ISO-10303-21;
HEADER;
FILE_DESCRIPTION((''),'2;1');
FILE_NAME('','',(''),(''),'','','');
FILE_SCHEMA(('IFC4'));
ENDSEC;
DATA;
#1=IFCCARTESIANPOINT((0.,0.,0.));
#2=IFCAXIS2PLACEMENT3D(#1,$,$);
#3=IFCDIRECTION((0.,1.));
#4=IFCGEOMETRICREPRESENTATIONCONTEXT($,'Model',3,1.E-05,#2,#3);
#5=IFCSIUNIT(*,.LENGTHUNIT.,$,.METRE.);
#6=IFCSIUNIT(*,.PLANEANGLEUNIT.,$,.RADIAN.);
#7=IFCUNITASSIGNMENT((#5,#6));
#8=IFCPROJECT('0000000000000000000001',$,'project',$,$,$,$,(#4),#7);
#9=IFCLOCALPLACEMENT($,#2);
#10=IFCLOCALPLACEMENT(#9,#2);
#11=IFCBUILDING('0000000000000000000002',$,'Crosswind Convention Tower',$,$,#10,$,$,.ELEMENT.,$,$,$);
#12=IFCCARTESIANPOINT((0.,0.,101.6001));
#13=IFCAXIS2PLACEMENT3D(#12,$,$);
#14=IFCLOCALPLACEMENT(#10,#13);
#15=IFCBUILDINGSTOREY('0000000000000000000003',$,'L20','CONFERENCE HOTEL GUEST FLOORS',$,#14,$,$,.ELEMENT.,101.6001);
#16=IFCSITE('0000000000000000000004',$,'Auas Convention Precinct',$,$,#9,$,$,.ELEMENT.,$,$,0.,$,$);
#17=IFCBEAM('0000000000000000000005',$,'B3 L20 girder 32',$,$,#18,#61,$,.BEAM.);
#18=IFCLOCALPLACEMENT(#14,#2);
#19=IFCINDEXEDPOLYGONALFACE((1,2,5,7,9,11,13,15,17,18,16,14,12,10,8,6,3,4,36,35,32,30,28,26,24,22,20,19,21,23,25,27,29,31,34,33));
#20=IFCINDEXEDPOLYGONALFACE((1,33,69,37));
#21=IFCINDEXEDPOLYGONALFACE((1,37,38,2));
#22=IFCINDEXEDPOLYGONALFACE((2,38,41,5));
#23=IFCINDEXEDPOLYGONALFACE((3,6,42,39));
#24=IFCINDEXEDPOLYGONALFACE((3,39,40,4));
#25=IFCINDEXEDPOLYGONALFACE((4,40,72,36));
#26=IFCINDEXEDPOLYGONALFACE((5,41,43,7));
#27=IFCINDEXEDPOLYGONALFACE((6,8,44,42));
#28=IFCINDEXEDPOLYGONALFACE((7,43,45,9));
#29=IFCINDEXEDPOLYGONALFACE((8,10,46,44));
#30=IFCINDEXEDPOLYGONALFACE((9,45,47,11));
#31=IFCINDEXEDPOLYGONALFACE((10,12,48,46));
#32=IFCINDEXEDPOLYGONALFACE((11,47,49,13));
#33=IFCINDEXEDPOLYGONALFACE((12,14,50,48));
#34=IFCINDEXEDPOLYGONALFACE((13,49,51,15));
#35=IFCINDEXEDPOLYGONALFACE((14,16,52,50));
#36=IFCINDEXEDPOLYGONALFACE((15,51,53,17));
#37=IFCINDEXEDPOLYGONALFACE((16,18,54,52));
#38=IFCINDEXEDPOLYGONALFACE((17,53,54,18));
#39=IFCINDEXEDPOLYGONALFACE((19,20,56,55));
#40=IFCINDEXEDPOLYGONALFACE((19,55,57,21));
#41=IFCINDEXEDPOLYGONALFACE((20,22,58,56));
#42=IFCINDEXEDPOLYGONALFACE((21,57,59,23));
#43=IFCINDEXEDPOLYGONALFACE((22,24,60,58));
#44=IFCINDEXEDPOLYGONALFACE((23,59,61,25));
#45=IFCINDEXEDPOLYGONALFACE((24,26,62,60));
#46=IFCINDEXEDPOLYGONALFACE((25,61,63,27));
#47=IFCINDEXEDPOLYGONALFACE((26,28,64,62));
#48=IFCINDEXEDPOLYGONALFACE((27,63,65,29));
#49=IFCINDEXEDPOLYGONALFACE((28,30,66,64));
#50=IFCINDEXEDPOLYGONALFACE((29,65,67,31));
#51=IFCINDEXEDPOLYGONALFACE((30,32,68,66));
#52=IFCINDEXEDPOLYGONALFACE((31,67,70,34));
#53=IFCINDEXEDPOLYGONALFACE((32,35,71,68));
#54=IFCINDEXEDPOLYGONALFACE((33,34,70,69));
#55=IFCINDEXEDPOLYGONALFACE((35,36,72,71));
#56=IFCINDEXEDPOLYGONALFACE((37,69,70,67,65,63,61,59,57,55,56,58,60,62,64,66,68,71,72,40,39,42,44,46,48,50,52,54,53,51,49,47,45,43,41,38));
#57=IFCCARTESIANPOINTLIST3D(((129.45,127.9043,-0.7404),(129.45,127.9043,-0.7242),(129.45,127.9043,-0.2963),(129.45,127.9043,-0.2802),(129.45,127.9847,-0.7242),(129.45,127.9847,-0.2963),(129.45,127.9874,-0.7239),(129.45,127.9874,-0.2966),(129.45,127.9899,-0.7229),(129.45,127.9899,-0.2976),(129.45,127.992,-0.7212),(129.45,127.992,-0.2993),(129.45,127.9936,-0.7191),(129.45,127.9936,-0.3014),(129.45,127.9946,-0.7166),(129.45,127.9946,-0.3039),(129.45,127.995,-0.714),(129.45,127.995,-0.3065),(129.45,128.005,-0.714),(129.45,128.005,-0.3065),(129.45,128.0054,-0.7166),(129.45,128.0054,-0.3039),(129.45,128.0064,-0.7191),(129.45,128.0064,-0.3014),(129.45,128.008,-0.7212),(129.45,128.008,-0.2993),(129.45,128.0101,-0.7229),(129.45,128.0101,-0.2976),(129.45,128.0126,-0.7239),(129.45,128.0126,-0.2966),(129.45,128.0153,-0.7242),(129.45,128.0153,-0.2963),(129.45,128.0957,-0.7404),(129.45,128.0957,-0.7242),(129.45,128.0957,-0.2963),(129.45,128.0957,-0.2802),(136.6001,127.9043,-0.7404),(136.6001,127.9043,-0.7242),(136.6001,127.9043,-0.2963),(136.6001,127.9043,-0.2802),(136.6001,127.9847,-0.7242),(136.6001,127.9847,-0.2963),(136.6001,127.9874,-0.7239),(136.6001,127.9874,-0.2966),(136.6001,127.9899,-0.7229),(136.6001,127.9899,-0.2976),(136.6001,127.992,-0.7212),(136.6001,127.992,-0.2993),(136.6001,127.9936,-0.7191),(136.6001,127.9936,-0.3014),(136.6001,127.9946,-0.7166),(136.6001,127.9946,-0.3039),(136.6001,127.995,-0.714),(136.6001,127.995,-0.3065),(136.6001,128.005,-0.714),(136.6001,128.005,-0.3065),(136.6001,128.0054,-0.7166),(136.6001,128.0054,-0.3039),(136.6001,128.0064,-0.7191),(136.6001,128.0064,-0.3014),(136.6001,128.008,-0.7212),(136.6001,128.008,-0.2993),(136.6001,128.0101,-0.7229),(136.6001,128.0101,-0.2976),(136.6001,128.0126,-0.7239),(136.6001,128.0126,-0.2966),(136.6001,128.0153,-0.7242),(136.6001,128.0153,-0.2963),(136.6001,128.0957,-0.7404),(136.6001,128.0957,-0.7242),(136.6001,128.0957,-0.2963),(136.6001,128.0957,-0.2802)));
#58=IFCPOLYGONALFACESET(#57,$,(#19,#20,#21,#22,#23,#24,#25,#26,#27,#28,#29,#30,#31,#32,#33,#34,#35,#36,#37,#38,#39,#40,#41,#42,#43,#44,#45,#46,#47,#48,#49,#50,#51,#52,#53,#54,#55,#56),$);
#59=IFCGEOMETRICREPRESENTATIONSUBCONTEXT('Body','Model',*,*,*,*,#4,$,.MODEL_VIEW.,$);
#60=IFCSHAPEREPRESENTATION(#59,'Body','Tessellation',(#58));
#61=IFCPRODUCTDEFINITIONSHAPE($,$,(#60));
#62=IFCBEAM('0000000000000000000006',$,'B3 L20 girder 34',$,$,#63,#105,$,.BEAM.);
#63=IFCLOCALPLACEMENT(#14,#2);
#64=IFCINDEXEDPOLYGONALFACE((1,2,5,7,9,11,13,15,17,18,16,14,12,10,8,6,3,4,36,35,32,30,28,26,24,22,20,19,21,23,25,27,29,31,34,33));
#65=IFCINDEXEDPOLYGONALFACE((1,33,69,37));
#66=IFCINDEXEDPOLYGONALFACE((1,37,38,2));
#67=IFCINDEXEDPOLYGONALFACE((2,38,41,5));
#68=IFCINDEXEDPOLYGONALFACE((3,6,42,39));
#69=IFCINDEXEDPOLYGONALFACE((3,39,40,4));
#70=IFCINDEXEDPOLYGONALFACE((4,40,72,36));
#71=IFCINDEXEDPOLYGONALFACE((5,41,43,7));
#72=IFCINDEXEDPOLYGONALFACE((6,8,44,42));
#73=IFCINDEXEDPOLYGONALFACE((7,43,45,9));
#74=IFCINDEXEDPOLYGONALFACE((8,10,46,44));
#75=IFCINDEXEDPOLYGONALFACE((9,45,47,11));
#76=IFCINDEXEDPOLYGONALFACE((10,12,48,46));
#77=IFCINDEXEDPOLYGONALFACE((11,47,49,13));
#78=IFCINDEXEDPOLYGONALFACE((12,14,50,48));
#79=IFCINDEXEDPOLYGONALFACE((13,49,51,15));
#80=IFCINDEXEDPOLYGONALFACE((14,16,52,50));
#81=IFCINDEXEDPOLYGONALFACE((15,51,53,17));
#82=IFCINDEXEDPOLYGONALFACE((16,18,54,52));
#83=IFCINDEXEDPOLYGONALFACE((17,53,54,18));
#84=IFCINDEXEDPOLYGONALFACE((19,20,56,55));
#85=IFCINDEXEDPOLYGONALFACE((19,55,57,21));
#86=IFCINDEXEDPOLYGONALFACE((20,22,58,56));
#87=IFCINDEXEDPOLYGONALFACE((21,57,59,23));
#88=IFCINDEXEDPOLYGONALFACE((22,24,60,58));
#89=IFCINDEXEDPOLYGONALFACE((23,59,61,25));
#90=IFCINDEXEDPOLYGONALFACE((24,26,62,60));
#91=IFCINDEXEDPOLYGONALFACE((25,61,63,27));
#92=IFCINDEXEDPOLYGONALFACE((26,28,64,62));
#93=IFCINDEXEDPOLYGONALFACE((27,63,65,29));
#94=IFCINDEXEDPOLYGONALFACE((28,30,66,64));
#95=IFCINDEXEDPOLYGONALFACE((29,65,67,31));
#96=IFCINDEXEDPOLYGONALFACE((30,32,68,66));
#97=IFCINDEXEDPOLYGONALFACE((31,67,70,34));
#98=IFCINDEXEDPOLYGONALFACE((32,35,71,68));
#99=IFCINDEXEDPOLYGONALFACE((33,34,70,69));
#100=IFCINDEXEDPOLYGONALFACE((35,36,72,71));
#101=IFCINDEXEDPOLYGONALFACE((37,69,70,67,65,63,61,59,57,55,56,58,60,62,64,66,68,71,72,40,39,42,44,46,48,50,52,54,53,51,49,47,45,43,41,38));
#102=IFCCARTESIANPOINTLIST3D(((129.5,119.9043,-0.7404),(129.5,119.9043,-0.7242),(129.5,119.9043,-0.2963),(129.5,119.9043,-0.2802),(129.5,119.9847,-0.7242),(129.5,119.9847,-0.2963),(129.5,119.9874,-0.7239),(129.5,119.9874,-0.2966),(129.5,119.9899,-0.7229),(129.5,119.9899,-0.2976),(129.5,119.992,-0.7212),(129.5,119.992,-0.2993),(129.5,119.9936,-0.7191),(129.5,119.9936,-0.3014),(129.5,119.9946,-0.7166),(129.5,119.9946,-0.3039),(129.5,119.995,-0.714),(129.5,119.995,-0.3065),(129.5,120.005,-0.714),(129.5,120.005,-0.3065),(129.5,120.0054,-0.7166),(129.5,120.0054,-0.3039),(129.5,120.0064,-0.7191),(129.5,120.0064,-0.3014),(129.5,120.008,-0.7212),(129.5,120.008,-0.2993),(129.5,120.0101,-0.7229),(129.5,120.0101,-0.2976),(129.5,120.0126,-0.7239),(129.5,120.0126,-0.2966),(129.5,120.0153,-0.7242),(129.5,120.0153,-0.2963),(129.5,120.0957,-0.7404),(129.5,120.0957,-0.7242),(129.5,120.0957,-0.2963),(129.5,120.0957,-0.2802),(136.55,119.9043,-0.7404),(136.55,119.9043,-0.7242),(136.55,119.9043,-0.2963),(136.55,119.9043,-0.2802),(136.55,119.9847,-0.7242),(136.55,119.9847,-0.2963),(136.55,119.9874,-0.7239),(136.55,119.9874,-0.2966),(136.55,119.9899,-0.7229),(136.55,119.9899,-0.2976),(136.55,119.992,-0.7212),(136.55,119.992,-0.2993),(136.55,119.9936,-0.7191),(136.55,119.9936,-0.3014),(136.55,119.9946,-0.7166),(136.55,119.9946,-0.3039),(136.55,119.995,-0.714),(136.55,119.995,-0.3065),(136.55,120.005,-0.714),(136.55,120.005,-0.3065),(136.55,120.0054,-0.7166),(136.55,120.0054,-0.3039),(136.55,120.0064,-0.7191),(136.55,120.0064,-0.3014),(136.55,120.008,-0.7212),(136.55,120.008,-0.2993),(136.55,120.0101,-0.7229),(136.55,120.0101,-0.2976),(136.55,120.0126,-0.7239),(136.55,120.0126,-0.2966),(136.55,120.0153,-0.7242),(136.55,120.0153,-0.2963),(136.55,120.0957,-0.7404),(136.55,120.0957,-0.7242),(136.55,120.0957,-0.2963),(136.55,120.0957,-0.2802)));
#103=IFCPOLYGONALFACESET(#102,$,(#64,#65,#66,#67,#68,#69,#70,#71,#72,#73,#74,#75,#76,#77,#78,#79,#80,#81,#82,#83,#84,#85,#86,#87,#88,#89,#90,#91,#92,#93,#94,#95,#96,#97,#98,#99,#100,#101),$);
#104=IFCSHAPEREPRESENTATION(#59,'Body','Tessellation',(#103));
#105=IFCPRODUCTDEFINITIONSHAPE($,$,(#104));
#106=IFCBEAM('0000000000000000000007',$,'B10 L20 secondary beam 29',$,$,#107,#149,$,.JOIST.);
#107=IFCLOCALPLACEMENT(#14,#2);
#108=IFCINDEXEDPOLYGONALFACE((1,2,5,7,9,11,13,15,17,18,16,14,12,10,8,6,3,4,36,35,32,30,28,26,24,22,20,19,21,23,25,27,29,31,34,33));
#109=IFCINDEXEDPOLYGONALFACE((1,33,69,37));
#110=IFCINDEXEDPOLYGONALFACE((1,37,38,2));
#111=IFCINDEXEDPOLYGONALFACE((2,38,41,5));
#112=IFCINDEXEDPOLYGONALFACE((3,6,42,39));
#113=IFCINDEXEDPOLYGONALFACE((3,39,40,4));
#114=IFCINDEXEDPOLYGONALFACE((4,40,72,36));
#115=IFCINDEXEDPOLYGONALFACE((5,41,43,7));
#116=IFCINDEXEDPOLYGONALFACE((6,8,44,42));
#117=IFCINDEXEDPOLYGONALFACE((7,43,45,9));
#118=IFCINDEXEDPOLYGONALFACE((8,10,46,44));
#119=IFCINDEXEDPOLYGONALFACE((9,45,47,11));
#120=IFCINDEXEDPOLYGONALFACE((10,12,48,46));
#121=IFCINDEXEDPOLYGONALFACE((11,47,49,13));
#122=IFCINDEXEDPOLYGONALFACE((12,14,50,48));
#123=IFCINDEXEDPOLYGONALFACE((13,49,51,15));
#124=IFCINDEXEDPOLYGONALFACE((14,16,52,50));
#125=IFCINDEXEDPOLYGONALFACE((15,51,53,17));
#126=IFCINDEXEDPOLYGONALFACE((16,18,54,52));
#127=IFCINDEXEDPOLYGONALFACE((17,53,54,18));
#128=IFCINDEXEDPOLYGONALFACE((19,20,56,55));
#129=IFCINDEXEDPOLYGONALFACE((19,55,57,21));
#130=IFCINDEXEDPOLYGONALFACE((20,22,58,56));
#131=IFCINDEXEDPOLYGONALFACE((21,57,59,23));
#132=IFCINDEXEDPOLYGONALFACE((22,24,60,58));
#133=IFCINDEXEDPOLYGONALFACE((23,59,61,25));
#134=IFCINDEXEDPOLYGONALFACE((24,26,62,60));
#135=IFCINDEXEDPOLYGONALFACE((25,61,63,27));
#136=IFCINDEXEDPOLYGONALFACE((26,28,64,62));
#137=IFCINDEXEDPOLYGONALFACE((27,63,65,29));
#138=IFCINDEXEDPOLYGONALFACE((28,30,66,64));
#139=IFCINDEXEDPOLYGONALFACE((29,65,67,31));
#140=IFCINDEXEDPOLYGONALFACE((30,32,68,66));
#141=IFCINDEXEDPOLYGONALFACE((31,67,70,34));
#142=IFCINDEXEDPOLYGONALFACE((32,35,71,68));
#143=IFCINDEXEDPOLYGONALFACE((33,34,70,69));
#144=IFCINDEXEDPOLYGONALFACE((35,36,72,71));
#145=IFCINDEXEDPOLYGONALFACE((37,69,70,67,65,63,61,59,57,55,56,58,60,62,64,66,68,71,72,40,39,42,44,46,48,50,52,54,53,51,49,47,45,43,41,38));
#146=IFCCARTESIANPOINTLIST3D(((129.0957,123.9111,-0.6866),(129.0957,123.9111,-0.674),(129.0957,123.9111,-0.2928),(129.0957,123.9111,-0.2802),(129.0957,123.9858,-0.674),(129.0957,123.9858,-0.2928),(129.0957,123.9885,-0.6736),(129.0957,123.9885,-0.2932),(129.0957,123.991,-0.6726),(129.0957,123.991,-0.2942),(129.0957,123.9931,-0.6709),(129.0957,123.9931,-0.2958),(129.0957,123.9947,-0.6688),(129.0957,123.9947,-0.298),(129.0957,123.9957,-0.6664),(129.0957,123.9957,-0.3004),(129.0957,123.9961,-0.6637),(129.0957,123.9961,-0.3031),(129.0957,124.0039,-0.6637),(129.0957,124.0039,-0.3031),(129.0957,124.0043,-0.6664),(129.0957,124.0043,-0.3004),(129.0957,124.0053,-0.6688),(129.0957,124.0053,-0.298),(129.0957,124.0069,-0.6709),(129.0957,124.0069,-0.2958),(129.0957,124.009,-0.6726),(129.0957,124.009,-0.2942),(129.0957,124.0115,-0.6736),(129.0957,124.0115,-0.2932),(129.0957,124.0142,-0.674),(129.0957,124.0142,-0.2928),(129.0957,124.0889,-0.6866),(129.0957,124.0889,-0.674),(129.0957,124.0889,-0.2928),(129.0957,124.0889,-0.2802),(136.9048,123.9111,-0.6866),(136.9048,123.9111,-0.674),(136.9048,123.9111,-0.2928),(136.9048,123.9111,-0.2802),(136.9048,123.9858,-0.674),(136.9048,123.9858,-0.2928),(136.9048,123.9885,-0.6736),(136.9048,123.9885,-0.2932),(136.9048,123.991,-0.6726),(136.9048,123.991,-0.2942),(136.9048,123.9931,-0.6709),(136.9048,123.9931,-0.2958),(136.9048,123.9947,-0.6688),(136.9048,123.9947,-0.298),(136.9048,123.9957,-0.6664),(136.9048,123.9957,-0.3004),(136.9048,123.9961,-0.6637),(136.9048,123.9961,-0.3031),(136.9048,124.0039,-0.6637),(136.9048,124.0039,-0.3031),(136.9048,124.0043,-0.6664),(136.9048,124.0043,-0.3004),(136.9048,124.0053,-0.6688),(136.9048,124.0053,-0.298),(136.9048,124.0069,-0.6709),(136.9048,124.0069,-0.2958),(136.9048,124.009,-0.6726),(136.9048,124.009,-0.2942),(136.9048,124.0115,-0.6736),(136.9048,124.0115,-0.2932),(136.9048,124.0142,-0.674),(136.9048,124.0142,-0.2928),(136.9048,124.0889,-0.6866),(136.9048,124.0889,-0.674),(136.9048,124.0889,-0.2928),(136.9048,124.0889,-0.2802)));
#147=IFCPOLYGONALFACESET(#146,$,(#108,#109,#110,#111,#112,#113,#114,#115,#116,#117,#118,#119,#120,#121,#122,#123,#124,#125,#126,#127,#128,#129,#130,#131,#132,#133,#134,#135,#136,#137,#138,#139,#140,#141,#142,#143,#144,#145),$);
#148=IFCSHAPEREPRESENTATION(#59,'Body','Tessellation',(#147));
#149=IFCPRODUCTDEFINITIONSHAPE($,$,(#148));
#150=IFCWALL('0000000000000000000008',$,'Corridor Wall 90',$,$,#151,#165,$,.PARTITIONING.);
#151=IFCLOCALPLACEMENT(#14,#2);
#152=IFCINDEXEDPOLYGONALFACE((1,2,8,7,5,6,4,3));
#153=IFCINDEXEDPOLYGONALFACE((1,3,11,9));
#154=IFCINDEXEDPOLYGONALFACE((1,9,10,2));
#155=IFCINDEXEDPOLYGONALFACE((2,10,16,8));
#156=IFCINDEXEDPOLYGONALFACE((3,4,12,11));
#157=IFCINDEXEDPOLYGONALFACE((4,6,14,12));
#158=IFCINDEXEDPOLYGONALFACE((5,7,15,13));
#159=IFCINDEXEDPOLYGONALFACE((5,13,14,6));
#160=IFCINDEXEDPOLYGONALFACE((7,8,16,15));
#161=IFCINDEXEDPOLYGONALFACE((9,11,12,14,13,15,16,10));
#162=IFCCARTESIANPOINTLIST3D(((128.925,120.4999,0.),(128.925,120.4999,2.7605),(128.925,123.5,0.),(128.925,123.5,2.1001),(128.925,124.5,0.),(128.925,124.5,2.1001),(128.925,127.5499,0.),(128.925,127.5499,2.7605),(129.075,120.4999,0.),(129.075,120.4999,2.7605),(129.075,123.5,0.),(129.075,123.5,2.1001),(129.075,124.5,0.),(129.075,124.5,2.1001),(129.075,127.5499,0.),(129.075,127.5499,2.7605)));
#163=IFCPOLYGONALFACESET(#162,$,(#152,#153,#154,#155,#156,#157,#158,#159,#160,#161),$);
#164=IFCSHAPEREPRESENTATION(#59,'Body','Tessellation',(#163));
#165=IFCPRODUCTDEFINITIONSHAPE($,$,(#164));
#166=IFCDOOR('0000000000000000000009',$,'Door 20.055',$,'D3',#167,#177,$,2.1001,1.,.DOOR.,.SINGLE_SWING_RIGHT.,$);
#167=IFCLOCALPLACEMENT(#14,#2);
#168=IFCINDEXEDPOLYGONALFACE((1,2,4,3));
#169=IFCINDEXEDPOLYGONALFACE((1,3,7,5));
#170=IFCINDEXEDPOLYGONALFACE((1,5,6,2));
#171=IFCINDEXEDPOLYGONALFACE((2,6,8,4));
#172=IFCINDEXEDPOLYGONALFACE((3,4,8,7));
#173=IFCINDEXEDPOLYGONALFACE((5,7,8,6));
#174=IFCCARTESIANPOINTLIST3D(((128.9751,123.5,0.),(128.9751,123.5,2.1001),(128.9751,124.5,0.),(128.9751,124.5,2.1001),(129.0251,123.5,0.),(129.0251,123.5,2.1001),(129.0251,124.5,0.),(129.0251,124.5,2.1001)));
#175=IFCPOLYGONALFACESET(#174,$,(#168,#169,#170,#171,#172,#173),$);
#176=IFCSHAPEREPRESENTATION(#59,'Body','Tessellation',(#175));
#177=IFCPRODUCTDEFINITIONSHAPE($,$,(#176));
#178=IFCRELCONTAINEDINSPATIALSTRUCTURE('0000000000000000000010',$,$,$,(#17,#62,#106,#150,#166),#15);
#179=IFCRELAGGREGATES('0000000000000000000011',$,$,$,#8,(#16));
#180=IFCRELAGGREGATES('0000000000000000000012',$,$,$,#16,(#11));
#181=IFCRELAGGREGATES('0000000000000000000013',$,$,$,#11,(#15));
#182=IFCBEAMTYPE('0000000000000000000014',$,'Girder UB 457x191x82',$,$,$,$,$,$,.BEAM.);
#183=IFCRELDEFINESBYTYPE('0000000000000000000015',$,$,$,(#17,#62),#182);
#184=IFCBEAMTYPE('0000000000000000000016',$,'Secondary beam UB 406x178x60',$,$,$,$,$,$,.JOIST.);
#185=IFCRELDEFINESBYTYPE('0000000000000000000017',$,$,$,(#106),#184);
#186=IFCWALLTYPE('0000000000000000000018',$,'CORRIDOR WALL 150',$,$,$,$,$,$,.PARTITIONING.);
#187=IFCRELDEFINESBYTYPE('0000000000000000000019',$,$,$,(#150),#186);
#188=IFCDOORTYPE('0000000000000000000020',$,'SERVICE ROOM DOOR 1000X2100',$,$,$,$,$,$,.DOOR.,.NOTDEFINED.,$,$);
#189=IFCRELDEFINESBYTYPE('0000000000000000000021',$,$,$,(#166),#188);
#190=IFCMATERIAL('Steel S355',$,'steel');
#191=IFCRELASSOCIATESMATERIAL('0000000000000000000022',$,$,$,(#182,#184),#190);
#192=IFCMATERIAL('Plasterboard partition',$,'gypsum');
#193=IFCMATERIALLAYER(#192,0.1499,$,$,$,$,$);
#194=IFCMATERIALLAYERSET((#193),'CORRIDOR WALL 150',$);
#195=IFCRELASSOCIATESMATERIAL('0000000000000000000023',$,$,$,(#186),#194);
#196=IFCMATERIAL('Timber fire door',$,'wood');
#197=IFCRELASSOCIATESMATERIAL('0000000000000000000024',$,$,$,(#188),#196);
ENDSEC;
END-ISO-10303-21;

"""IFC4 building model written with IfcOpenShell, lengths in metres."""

from ifc_helpers import new_model, si_unit, direction, frame, frame_2d, origin, origin_2d, place, context, subcontext, project, spatial, rectangle, i_section, extrude, material, layer, layer_set, material_profile, profile_set, type_object, element, fill, save


model = new_model("IFC4")

# Units and contexts
model_context = context("Model", 3, precision=1e-05, world=origin(), true_north=direction((0.0, 1.0)))
body_context = subcontext(model_context, "Body", "Model", "MODEL_VIEW")
ifc_project = project(units=[si_unit("LENGTHUNIT", "METRE"), si_unit("PLANEANGLEUNIT", "RADIAN")], contexts=[model_context])

# Site, building, storey
site_placement = place(None, origin())
site = spatial("IfcSite", under=ifc_project, at=site_placement, Name="Auas Convention Precinct", CompositionType="ELEMENT", RefElevation=0.0)
building_placement = place(site_placement, origin())
building = spatial("IfcBuilding", under=site, at=building_placement, Name="Crosswind Convention Tower", CompositionType="ELEMENT")
storey_placement = place(building_placement, frame((0.0, 0.0, 101.6001)))
storey = spatial("IfcBuildingStorey", under=building, at=storey_placement, Name="L20", Description="CONFERENCE HOTEL GUEST FLOORS", CompositionType="ELEMENT", Elevation=101.6001)

# Beams
ifc_material_1 = material(Name="Steel S355", Category="steel")
ifc_material_profile_1 = material_profile(ifc_material_1, i_section(OverallWidth=0.1914, OverallDepth=0.4602, WebThickness=0.01, FlangeThickness=0.0161, FilletRadius=0.0103, at=origin_2d()), Name="UB 457x191x82")
ifc_profile_set_1 = profile_set([ifc_material_profile_1], Name="Steel S355")
beam_type_1 = type_object("IfcBeamType", Name="Girder UB 457x191x82", PredefinedType="BEAM", material=ifc_profile_set_1)
beam_1_placement = place(storey_placement, frame((129.45, 128.0, -0.5103), z_axis=(1.0, 0.0, 0.0), x_axis=(0.0, 1.0, 0.0)))
element("IfcBeam", 1, at=beam_1_placement, inside=storey, type_object=beam_type_1, Name="B3 L20 girder 32", PredefinedType="BEAM", context=body_context, shape_type="SweptSolid", body=[
    extrude(i_section(OverallWidth=0.1914, OverallDepth=0.4602, WebThickness=0.01, FlangeThickness=0.0161, FilletRadius=0.0103, at=origin_2d()), origin(), (0.0, 0.0, 1.0), 7.1501),
])
beam_2_placement = place(storey_placement, frame((129.5, 120.0, -0.5103), z_axis=(1.0, 0.0, 0.0), x_axis=(0.0, 1.0, 0.0)))
element("IfcBeam", 2, at=beam_2_placement, inside=storey, type_object=beam_type_1, Name="B3 L20 girder 34", PredefinedType="BEAM", context=body_context, shape_type="SweptSolid", body=[
    extrude(i_section(OverallWidth=0.1914, OverallDepth=0.4602, WebThickness=0.01, FlangeThickness=0.0161, FilletRadius=0.0103, at=origin_2d()), origin(), (0.0, 0.0, 1.0), 7.05),
])
ifc_material_profile_2 = material_profile(ifc_material_1, i_section(OverallWidth=0.1777, OverallDepth=0.4065, WebThickness=0.0078, FlangeThickness=0.0127, FilletRadius=0.0103, at=origin_2d()), Name="UB 406x178x60")
ifc_profile_set_2 = profile_set([ifc_material_profile_2], Name="Steel S355")
beam_type_2 = type_object("IfcBeamType", Name="Secondary beam UB 406x178x60", PredefinedType="JOIST", material=ifc_profile_set_2)
beam_3_placement = place(storey_placement, frame((129.0957, 124.0, -0.4834), z_axis=(1.0, 0.0, 0.0), x_axis=(0.0, 1.0, 0.0)))
element("IfcBeam", 3, at=beam_3_placement, inside=storey, type_object=beam_type_2, Name="B10 L20 secondary beam 29", PredefinedType="JOIST", context=body_context, shape_type="SweptSolid", body=[
    extrude(i_section(OverallWidth=0.1777, OverallDepth=0.4065, WebThickness=0.0078, FlangeThickness=0.0127, FilletRadius=0.0103, at=origin_2d()), origin(), (0.0, 0.0, 1.0), 7.8091),
])

# Wall, opening, door
ifc_material_2 = material(Name="Plasterboard partition", Category="gypsum")
ifc_layer_1 = layer(ifc_material_2, 0.1499)
ifc_layer_set_1 = layer_set([ifc_layer_1], Name="CORRIDOR WALL 150")
wall_type_1 = type_object("IfcWallType", Name="CORRIDOR WALL 150", PredefinedType="PARTITIONING", material=ifc_layer_set_1)
wall_1_placement = place(storey_placement, frame((129.0, 120.5, 0.0), z_axis=(0.0, 0.0, 1.0), x_axis=(0.0, 1.0, 0.0)))
wall_1 = element("IfcWall", 4, at=wall_1_placement, inside=storey, type_object=wall_type_1, Name="Corridor Wall 90", PredefinedType="PARTITIONING", context=body_context, shape_type="SweptSolid", body=[
    extrude(rectangle(XDim=7.05, YDim=0.1499, at=frame_2d((3.5249, 0.0))), origin(), (0.0, 0.0, 1.0), 2.7605),
])
opening_1_placement = place(wall_1_placement, frame((3.0, 0.0, 0.0)))
opening_1 = element("IfcOpeningElement", 5, at=opening_1_placement, cuts=wall_1, PredefinedType="OPENING", context=body_context, shape_type="SweptSolid", body=[
    extrude(rectangle(XDim=1.0, YDim=2.1001, at=frame_2d((0.5, 1.05))), frame((0.0, 0.085, 0.0), z_axis=(0.0, -1.0, 0.0), x_axis=(1.0, 0.0, 0.0)), (0.0, 0.0, 1.0), 0.1699),
])
ifc_material_3 = material(Name="Timber fire door", Category="wood")
door_type_1 = type_object("IfcDoorType", Name="SERVICE ROOM DOOR 1000X2100", OperationType="NOTDEFINED", PredefinedType="DOOR", material=ifc_material_3)
door_1_placement = place(opening_1_placement, origin())
door_1 = element("IfcDoor", 6, at=door_1_placement, inside=storey, type_object=door_type_1, Name="Door 20.055", ObjectType="D3", OperationType="SINGLE_SWING_RIGHT", OverallHeight=2.1001, OverallWidth=1.0, PredefinedType="DOOR", context=body_context, shape_type="SweptSolid", body=[
    extrude(rectangle(XDim=1.0, YDim=2.1001, at=frame_2d((0.5, 1.05))), frame((0.0, 0.0249, 0.0), z_axis=(0.0, -1.0, 0.0), x_axis=(1.0, 0.0, 0.0)), (0.0, 0.0, 1.0), 0.05),
])
fill(opening_1, door_1)

save(model, "model.ifc")
